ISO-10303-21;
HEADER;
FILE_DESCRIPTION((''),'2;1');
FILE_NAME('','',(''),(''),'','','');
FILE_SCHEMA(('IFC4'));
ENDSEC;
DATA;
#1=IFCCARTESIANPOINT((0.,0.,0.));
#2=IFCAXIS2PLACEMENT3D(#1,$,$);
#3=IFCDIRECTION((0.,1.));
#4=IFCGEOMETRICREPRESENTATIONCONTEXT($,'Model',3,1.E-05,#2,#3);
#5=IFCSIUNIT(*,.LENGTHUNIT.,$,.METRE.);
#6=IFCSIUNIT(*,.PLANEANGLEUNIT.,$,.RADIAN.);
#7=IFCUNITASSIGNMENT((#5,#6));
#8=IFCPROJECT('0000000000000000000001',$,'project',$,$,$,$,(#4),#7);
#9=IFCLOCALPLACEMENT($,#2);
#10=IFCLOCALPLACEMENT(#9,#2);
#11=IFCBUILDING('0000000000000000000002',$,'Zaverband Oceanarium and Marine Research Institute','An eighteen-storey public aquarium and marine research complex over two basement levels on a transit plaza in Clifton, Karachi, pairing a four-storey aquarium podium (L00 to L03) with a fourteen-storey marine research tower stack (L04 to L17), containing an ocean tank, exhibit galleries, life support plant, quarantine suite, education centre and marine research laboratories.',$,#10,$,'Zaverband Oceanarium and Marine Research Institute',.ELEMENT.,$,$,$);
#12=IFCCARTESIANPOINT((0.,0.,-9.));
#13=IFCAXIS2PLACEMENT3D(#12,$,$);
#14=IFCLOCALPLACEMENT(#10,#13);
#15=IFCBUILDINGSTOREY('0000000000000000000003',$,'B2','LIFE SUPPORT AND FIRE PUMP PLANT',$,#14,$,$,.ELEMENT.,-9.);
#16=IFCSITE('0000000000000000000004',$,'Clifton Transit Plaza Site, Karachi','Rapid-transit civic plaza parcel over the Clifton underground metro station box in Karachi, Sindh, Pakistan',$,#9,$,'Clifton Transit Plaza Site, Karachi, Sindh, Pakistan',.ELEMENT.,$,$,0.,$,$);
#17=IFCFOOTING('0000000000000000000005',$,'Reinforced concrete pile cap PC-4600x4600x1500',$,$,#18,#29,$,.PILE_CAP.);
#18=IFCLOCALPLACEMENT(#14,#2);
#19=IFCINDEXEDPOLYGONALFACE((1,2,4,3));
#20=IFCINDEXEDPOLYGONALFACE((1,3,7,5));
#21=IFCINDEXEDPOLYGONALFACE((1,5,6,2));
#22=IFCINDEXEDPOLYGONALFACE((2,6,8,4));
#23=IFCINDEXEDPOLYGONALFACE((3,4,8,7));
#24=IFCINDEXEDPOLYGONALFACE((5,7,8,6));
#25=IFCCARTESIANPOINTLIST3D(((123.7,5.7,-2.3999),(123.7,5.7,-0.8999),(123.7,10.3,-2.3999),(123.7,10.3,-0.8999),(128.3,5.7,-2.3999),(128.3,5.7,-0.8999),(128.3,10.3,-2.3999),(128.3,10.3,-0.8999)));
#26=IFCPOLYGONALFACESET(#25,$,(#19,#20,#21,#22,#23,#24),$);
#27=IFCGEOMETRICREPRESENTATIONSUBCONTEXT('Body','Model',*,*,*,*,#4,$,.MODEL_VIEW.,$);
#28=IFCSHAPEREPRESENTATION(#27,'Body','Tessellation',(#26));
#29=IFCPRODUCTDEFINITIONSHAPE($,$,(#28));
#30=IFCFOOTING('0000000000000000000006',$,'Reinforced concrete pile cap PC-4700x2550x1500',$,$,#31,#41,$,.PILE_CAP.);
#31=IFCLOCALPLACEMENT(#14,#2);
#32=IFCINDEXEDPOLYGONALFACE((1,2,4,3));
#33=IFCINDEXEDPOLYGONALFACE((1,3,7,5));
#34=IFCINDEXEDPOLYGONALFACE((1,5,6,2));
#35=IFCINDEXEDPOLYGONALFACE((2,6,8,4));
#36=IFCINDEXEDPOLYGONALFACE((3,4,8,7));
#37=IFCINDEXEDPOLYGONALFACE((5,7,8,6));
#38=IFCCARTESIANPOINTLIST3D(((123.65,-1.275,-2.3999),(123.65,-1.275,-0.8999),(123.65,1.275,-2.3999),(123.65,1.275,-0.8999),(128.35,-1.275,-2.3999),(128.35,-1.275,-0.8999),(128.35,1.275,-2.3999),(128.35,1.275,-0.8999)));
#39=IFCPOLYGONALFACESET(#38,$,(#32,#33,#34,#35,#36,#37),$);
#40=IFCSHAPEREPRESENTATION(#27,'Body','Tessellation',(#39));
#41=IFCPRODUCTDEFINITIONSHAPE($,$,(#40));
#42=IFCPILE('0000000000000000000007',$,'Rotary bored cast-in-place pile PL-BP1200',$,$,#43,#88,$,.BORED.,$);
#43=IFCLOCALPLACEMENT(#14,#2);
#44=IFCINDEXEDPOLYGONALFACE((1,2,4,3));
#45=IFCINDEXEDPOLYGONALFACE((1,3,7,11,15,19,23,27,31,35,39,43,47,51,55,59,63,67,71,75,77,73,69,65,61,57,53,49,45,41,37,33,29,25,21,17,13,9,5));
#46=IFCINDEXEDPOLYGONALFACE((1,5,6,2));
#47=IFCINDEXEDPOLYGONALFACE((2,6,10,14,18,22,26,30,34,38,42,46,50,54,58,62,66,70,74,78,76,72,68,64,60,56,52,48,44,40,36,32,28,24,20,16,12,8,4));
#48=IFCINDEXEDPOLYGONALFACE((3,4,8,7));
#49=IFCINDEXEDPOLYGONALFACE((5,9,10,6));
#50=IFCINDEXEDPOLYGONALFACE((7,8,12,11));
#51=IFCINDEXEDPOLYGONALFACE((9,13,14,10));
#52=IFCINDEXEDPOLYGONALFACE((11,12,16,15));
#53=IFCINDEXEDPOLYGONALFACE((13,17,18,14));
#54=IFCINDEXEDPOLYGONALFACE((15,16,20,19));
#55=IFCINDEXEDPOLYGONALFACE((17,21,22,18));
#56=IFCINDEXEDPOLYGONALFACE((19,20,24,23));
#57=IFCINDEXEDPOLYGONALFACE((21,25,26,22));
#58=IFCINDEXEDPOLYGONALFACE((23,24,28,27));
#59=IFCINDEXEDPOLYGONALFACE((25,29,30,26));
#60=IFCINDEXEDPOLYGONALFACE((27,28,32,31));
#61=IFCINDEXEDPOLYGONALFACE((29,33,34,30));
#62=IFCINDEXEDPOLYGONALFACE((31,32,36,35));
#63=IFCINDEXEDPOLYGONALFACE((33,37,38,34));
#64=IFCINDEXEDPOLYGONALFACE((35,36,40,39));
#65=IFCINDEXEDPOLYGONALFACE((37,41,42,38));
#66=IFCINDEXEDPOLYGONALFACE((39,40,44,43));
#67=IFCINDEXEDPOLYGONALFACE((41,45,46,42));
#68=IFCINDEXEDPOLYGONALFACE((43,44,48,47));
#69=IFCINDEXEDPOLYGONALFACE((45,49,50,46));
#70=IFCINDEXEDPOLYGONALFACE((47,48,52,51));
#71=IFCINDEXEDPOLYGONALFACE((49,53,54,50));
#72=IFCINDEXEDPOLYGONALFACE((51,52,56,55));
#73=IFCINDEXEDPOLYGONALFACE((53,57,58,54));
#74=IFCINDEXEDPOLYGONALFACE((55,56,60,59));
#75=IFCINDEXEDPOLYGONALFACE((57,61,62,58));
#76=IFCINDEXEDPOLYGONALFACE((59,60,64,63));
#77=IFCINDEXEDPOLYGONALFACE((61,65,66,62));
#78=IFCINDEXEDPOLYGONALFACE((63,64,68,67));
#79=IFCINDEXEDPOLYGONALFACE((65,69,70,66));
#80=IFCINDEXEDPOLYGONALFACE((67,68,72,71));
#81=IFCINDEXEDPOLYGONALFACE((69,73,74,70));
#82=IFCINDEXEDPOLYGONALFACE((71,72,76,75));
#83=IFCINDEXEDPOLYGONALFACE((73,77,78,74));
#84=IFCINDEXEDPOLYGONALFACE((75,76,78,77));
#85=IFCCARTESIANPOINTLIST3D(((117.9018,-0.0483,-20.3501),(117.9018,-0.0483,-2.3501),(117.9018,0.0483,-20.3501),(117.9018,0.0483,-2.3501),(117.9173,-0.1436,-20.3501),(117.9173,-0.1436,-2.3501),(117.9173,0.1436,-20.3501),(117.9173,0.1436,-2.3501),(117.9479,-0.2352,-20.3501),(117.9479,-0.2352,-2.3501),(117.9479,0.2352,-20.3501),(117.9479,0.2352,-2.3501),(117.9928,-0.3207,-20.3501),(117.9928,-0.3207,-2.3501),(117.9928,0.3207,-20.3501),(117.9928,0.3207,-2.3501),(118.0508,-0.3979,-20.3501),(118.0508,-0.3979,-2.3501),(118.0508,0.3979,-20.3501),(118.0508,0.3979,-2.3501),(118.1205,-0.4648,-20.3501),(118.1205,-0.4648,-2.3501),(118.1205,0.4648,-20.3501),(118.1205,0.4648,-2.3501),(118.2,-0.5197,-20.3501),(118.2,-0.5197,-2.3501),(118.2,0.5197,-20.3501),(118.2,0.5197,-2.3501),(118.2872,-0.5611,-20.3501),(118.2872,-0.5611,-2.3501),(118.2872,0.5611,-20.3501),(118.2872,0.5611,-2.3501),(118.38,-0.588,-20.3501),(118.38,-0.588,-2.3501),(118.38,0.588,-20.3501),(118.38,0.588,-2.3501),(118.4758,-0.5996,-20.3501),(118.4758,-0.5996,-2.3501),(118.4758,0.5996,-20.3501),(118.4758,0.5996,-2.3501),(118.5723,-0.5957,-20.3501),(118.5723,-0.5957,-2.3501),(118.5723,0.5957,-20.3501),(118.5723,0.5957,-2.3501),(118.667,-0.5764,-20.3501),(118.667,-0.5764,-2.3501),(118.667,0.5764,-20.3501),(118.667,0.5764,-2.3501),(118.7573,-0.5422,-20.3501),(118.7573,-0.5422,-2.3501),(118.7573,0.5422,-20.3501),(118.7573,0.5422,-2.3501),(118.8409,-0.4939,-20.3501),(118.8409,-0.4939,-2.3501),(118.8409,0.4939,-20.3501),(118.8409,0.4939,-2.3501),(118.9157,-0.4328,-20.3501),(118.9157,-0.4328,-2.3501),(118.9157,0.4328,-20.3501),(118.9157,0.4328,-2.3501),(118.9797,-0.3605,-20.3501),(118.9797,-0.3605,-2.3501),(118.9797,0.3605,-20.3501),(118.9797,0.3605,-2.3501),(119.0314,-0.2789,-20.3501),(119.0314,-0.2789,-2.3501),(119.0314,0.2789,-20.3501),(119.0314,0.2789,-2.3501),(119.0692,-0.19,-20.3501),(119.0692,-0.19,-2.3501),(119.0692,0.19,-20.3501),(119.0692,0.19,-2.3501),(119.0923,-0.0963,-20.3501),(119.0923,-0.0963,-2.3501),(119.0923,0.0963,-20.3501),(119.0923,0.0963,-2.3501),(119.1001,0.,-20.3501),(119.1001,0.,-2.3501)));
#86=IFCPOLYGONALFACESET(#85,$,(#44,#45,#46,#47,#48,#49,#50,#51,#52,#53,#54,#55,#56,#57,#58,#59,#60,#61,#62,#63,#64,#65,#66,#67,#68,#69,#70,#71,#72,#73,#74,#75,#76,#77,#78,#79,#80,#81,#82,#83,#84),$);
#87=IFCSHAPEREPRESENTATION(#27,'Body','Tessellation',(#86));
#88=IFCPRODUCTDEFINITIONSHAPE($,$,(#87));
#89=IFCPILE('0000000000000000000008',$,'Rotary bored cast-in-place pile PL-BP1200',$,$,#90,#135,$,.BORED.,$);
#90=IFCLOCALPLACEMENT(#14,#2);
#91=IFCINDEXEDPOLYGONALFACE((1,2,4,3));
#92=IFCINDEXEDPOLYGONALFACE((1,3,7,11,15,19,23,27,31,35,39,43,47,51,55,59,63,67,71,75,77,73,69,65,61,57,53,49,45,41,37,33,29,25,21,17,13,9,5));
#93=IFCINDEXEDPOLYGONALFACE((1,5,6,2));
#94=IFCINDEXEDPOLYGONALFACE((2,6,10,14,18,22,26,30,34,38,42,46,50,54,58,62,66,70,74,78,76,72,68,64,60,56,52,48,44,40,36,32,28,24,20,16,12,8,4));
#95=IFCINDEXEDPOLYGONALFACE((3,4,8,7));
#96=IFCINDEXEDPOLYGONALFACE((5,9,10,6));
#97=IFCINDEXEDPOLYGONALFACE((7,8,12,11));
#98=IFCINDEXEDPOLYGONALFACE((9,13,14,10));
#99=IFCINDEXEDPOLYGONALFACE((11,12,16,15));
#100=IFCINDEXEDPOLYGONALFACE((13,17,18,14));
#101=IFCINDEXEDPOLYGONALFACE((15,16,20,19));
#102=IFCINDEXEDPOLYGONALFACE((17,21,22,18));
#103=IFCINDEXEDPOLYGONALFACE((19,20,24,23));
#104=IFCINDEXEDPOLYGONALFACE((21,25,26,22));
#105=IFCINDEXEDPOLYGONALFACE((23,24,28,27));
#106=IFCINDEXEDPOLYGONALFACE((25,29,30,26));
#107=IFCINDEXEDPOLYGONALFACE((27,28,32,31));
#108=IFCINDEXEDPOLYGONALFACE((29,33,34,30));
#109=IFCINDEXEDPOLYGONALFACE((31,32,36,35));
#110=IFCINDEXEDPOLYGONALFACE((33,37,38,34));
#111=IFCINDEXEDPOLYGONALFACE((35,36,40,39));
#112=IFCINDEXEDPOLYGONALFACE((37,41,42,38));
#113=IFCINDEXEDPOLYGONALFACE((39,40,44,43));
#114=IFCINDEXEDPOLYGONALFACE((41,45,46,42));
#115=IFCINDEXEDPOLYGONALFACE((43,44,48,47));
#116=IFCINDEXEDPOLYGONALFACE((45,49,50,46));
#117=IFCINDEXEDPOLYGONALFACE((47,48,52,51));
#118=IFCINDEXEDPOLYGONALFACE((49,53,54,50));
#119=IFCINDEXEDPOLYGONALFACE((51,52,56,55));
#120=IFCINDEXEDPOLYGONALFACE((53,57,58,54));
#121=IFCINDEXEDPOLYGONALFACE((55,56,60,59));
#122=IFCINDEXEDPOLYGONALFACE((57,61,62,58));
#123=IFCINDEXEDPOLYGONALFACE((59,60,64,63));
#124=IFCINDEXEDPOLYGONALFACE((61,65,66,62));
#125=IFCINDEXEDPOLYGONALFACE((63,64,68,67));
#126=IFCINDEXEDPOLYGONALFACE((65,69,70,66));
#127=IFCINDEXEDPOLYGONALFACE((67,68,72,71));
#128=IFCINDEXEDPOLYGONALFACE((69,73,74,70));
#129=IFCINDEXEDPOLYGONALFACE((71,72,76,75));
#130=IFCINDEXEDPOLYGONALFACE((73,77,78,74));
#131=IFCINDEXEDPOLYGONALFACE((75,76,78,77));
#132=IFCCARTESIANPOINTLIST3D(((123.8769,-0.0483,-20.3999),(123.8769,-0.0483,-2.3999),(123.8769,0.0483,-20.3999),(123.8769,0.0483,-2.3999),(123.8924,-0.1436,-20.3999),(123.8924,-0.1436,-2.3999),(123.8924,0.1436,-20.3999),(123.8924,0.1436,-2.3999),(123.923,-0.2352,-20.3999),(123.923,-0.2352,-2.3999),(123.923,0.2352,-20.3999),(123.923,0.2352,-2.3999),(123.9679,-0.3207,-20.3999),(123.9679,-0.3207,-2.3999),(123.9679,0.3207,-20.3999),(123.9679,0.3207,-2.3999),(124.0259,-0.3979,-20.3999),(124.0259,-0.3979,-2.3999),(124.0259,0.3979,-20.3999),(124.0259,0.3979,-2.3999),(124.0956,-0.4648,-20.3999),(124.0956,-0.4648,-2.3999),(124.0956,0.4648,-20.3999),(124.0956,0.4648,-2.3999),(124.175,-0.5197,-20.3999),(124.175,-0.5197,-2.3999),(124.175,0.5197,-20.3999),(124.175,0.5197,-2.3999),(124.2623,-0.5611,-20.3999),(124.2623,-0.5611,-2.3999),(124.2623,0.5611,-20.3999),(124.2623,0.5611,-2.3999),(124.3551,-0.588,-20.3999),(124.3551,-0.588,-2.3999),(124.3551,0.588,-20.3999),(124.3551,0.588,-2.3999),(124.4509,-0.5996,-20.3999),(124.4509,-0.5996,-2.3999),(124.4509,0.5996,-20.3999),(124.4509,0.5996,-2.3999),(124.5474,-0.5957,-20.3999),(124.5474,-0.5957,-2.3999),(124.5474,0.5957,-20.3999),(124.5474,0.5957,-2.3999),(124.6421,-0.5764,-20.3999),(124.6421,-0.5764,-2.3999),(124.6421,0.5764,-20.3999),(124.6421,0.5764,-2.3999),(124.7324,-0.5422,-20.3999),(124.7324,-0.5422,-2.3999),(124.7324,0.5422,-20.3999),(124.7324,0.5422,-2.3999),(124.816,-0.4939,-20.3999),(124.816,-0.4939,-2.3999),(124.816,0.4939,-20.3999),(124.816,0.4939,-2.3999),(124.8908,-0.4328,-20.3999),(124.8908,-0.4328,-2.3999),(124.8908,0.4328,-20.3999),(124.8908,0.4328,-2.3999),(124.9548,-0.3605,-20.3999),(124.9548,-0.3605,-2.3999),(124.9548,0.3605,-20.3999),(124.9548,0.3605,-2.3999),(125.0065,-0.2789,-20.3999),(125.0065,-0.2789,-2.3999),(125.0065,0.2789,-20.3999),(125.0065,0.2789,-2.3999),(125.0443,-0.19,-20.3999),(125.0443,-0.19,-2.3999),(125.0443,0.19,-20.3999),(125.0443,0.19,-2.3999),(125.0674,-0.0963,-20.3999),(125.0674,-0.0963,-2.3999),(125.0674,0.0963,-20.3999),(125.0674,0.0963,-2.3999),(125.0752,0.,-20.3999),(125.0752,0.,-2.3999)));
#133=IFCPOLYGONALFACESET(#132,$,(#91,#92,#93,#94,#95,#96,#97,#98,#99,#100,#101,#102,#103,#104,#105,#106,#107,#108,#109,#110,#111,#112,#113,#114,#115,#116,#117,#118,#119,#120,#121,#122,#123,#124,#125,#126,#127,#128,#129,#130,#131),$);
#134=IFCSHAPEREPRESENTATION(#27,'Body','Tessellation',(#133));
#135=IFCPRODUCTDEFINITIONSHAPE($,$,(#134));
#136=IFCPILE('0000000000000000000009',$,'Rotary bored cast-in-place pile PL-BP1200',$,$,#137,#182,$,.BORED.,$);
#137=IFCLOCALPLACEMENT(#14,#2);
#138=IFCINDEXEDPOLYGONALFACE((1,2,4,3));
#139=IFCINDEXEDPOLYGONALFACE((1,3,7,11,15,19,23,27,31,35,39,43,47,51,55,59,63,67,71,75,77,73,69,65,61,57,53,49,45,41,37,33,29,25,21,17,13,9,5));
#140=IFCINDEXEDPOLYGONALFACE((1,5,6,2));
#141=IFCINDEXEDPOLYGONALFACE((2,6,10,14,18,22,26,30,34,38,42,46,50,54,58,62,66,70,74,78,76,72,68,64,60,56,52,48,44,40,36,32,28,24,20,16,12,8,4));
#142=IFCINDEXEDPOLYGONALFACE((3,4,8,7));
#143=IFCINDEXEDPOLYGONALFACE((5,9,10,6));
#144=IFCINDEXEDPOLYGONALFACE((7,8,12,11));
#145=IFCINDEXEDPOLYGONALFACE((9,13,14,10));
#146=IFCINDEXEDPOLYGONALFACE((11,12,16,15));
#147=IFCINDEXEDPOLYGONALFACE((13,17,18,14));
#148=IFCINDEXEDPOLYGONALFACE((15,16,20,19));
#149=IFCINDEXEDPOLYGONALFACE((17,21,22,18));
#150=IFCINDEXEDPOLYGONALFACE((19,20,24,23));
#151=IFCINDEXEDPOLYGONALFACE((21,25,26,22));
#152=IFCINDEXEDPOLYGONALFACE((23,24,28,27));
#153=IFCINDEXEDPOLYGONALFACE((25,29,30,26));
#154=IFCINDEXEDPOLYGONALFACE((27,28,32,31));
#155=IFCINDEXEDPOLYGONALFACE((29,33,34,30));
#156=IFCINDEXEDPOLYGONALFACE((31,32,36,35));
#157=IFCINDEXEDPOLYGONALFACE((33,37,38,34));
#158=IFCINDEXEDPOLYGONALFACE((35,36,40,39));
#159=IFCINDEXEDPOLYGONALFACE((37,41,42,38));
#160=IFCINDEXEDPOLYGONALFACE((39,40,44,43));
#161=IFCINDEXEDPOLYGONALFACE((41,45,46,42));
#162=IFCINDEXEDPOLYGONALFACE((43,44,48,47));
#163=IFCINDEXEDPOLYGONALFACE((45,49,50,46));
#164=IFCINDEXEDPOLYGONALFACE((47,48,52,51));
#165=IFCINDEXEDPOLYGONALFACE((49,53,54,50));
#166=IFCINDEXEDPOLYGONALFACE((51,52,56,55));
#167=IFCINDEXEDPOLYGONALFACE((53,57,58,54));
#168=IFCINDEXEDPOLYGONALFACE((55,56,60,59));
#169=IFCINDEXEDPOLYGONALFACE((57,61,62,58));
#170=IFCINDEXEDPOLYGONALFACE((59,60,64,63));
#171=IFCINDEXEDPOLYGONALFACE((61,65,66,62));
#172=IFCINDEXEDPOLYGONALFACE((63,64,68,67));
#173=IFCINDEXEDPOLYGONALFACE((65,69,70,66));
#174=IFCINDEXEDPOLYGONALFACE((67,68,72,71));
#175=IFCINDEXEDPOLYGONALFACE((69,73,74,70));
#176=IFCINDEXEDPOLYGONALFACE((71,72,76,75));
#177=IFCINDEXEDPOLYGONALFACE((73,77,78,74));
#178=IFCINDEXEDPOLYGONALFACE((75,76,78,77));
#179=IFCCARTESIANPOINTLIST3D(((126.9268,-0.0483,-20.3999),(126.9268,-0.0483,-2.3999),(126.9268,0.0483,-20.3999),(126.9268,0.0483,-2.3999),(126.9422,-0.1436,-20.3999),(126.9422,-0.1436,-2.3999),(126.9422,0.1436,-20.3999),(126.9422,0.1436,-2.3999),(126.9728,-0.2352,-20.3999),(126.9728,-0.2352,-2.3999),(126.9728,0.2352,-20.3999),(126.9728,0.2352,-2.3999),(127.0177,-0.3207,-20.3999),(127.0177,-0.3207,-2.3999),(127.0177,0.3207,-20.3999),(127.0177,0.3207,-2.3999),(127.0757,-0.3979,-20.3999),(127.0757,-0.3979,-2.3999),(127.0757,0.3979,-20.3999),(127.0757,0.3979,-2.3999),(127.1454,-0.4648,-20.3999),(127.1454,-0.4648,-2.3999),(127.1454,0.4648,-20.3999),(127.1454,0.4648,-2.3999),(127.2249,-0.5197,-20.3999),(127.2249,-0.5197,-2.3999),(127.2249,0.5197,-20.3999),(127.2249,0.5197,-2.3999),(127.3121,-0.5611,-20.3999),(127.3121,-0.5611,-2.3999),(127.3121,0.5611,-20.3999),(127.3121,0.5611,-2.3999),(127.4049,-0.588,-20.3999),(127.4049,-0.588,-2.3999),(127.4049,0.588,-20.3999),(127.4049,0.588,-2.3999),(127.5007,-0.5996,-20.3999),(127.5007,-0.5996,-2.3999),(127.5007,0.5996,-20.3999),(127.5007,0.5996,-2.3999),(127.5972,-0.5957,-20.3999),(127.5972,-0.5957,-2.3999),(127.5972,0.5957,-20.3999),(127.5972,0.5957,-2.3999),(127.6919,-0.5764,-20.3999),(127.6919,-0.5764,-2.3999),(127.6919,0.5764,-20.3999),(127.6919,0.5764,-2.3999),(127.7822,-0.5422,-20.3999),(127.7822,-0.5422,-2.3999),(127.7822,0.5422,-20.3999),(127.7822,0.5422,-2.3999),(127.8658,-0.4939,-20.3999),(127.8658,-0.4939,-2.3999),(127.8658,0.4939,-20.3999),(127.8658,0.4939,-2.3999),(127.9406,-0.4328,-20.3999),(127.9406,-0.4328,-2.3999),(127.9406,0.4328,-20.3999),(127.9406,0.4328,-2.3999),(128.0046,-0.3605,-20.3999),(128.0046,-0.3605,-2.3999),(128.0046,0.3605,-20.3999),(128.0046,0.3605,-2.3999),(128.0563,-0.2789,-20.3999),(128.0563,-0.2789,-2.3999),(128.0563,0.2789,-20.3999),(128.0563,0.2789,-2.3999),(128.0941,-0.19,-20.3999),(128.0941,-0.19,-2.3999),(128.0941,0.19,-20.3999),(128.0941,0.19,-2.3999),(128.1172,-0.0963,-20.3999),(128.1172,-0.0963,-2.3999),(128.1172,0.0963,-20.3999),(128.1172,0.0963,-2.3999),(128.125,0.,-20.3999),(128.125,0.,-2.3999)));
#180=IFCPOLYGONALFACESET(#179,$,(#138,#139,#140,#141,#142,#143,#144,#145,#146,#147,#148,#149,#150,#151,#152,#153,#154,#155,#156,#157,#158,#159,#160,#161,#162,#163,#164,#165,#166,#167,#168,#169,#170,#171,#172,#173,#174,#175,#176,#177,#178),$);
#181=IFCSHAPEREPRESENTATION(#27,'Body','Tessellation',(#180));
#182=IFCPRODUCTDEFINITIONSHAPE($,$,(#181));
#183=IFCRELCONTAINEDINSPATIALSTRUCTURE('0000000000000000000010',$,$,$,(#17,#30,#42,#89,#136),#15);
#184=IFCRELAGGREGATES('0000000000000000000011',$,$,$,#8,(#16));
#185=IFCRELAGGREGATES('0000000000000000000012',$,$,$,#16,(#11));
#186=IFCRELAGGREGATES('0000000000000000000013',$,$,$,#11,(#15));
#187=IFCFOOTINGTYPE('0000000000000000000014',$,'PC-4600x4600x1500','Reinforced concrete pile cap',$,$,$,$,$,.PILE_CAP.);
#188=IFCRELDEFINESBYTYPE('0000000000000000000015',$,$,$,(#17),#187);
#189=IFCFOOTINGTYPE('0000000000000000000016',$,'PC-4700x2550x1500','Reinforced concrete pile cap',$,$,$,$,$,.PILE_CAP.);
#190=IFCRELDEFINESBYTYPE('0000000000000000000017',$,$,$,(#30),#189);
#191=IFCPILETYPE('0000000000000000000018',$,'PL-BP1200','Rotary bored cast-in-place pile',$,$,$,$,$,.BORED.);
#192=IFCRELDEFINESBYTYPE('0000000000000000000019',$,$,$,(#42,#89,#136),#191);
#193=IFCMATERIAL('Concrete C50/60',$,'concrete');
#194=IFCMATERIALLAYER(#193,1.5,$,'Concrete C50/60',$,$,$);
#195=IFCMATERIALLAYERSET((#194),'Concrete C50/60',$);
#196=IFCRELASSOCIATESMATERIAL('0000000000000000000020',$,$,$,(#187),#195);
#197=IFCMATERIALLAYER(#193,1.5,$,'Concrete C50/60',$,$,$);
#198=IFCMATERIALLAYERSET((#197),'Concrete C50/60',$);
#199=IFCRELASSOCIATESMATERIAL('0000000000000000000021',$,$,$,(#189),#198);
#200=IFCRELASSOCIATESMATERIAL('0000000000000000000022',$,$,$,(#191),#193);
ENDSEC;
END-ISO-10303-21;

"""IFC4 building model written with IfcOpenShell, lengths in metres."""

from ifc_helpers import new_model, si_unit, direction, frame, origin, origin_2d, place, context, subcontext, project, spatial, rectangle, circle, extrude, material, layer, layer_set, material_profile, profile_set, type_object, element, save


model = new_model("IFC4")

# Units and contexts
model_context = context("Model", 3, precision=1e-05, world=origin(), true_north=direction((0.0, 1.0)))
body_context = subcontext(model_context, "Body", "Model", "MODEL_VIEW")
ifc_project = project(units=[si_unit("LENGTHUNIT", "METRE"), si_unit("PLANEANGLEUNIT", "RADIAN")], contexts=[model_context])

# Site, building, storey
site_placement = place(None, origin())
site = spatial("IfcSite", under=ifc_project, at=site_placement, Name="Clifton Transit Plaza Site, Karachi", Description="Rapid-transit civic plaza parcel over the Clifton underground metro station box in Karachi, Sindh, Pakistan", LongName="Clifton Transit Plaza Site, Karachi, Sindh, Pakistan", CompositionType="ELEMENT", RefElevation=0.0)
building_placement = place(site_placement, origin())
building = spatial("IfcBuilding", under=site, at=building_placement, Name="Zaverband Oceanarium and Marine Research Institute", Description="An eighteen-storey public aquarium and marine research complex over two basement levels on a transit plaza in Clifton, Karachi, pairing a four-storey aquarium podium (L00 to L03) with a fourteen-storey marine research tower stack (L04 to L17), containing an ocean tank, exhibit galleries, life support plant, quarantine suite, education centre and marine research laboratories.", LongName="Zaverband Oceanarium and Marine Research Institute", CompositionType="ELEMENT")
storey_placement = place(building_placement, frame((0.0, 0.0, -9.0)))
storey = spatial("IfcBuildingStorey", under=building, at=storey_placement, Name="B2", Description="LIFE SUPPORT AND FIRE PUMP PLANT", CompositionType="ELEMENT", Elevation=-9.0)

# Footings
ifc_material_1 = material(Name="Concrete C50/60", Category="concrete")
ifc_layer_1 = layer(ifc_material_1, 1.5, Name="Concrete C50/60")
ifc_layer_set_1 = layer_set([ifc_layer_1], Name="Concrete C50/60")
footing_type_1 = type_object("IfcFootingType", Name="PC-4600x4600x1500", Description="Reinforced concrete pile cap", PredefinedType="PILE_CAP", material=ifc_layer_set_1)
footing_1_placement = place(storey_placement, frame((126.0, 8.0, -2.3999), z_axis=(0.0, 0.0, 1.0), x_axis=(1.0, 0.0, 0.0)))
element("IfcFooting", 1, at=footing_1_placement, inside=storey, type_object=footing_type_1, Name="Reinforced concrete pile cap PC-4600x4600x1500", PredefinedType="PILE_CAP", context=body_context, shape_type="SweptSolid", body=[
    extrude(rectangle(XDim=4.6001, YDim=4.6001, at=origin_2d()), origin(), (0.0, 0.0, 1.0), 1.5),
])
ifc_layer_2 = layer(ifc_material_1, 1.5, Name="Concrete C50/60")
ifc_layer_set_2 = layer_set([ifc_layer_2], Name="Concrete C50/60")
footing_type_2 = type_object("IfcFootingType", Name="PC-4700x2550x1500", Description="Reinforced concrete pile cap", PredefinedType="PILE_CAP", material=ifc_layer_set_2)
footing_2_placement = place(storey_placement, frame((126.0, 0.0, -2.3999), z_axis=(0.0, 0.0, 1.0), x_axis=(1.0, 0.0, 0.0)))
element("IfcFooting", 2, at=footing_2_placement, inside=storey, type_object=footing_type_2, Name="Reinforced concrete pile cap PC-4700x2550x1500", PredefinedType="PILE_CAP", context=body_context, shape_type="SweptSolid", body=[
    extrude(rectangle(XDim=4.7, YDim=2.55, at=origin_2d()), origin(), (0.0, 0.0, 1.0), 1.5),
])

# Piles
ifc_material_profile_1 = material_profile(ifc_material_1, circle(Radius=0.6001, at=origin_2d()), Name="BP1200")
ifc_profile_set_1 = profile_set([ifc_material_profile_1], Name="Concrete C50/60")
pile_type = type_object("IfcPileType", Name="PL-BP1200", Description="Rotary bored cast-in-place pile", PredefinedType="BORED", material=ifc_profile_set_1)
for number, where, z_axis, x_axis, name in (
    (3, (118.5, 0.0, -2.3501), (0.0, 0.0, -1.0), (1.0, 0.0, 0.0), "Rotary bored cast-in-place pile PL-BP1200"),
    (4, (124.4751, 0.0, -2.3999), (0.0, 0.0, -1.0), (1.0, 0.0, 0.0), "Rotary bored cast-in-place pile PL-BP1200"),
    (5, (127.5249, 0.0, -2.3999), (0.0, 0.0, -1.0), (1.0, 0.0, 0.0), "Rotary bored cast-in-place pile PL-BP1200"),
):
    element("IfcPile", number, at=place(storey_placement, frame(where, z_axis=z_axis, x_axis=x_axis)), inside=storey, type_object=pile_type, Name=name, PredefinedType="BORED", context=body_context, shape_type="SweptSolid", body=[
        extrude(circle(Radius=0.6001, at=origin_2d()), origin(), (0.0, 0.0, 1.0), 18.0),
    ])

save(model, "model.ifc")
